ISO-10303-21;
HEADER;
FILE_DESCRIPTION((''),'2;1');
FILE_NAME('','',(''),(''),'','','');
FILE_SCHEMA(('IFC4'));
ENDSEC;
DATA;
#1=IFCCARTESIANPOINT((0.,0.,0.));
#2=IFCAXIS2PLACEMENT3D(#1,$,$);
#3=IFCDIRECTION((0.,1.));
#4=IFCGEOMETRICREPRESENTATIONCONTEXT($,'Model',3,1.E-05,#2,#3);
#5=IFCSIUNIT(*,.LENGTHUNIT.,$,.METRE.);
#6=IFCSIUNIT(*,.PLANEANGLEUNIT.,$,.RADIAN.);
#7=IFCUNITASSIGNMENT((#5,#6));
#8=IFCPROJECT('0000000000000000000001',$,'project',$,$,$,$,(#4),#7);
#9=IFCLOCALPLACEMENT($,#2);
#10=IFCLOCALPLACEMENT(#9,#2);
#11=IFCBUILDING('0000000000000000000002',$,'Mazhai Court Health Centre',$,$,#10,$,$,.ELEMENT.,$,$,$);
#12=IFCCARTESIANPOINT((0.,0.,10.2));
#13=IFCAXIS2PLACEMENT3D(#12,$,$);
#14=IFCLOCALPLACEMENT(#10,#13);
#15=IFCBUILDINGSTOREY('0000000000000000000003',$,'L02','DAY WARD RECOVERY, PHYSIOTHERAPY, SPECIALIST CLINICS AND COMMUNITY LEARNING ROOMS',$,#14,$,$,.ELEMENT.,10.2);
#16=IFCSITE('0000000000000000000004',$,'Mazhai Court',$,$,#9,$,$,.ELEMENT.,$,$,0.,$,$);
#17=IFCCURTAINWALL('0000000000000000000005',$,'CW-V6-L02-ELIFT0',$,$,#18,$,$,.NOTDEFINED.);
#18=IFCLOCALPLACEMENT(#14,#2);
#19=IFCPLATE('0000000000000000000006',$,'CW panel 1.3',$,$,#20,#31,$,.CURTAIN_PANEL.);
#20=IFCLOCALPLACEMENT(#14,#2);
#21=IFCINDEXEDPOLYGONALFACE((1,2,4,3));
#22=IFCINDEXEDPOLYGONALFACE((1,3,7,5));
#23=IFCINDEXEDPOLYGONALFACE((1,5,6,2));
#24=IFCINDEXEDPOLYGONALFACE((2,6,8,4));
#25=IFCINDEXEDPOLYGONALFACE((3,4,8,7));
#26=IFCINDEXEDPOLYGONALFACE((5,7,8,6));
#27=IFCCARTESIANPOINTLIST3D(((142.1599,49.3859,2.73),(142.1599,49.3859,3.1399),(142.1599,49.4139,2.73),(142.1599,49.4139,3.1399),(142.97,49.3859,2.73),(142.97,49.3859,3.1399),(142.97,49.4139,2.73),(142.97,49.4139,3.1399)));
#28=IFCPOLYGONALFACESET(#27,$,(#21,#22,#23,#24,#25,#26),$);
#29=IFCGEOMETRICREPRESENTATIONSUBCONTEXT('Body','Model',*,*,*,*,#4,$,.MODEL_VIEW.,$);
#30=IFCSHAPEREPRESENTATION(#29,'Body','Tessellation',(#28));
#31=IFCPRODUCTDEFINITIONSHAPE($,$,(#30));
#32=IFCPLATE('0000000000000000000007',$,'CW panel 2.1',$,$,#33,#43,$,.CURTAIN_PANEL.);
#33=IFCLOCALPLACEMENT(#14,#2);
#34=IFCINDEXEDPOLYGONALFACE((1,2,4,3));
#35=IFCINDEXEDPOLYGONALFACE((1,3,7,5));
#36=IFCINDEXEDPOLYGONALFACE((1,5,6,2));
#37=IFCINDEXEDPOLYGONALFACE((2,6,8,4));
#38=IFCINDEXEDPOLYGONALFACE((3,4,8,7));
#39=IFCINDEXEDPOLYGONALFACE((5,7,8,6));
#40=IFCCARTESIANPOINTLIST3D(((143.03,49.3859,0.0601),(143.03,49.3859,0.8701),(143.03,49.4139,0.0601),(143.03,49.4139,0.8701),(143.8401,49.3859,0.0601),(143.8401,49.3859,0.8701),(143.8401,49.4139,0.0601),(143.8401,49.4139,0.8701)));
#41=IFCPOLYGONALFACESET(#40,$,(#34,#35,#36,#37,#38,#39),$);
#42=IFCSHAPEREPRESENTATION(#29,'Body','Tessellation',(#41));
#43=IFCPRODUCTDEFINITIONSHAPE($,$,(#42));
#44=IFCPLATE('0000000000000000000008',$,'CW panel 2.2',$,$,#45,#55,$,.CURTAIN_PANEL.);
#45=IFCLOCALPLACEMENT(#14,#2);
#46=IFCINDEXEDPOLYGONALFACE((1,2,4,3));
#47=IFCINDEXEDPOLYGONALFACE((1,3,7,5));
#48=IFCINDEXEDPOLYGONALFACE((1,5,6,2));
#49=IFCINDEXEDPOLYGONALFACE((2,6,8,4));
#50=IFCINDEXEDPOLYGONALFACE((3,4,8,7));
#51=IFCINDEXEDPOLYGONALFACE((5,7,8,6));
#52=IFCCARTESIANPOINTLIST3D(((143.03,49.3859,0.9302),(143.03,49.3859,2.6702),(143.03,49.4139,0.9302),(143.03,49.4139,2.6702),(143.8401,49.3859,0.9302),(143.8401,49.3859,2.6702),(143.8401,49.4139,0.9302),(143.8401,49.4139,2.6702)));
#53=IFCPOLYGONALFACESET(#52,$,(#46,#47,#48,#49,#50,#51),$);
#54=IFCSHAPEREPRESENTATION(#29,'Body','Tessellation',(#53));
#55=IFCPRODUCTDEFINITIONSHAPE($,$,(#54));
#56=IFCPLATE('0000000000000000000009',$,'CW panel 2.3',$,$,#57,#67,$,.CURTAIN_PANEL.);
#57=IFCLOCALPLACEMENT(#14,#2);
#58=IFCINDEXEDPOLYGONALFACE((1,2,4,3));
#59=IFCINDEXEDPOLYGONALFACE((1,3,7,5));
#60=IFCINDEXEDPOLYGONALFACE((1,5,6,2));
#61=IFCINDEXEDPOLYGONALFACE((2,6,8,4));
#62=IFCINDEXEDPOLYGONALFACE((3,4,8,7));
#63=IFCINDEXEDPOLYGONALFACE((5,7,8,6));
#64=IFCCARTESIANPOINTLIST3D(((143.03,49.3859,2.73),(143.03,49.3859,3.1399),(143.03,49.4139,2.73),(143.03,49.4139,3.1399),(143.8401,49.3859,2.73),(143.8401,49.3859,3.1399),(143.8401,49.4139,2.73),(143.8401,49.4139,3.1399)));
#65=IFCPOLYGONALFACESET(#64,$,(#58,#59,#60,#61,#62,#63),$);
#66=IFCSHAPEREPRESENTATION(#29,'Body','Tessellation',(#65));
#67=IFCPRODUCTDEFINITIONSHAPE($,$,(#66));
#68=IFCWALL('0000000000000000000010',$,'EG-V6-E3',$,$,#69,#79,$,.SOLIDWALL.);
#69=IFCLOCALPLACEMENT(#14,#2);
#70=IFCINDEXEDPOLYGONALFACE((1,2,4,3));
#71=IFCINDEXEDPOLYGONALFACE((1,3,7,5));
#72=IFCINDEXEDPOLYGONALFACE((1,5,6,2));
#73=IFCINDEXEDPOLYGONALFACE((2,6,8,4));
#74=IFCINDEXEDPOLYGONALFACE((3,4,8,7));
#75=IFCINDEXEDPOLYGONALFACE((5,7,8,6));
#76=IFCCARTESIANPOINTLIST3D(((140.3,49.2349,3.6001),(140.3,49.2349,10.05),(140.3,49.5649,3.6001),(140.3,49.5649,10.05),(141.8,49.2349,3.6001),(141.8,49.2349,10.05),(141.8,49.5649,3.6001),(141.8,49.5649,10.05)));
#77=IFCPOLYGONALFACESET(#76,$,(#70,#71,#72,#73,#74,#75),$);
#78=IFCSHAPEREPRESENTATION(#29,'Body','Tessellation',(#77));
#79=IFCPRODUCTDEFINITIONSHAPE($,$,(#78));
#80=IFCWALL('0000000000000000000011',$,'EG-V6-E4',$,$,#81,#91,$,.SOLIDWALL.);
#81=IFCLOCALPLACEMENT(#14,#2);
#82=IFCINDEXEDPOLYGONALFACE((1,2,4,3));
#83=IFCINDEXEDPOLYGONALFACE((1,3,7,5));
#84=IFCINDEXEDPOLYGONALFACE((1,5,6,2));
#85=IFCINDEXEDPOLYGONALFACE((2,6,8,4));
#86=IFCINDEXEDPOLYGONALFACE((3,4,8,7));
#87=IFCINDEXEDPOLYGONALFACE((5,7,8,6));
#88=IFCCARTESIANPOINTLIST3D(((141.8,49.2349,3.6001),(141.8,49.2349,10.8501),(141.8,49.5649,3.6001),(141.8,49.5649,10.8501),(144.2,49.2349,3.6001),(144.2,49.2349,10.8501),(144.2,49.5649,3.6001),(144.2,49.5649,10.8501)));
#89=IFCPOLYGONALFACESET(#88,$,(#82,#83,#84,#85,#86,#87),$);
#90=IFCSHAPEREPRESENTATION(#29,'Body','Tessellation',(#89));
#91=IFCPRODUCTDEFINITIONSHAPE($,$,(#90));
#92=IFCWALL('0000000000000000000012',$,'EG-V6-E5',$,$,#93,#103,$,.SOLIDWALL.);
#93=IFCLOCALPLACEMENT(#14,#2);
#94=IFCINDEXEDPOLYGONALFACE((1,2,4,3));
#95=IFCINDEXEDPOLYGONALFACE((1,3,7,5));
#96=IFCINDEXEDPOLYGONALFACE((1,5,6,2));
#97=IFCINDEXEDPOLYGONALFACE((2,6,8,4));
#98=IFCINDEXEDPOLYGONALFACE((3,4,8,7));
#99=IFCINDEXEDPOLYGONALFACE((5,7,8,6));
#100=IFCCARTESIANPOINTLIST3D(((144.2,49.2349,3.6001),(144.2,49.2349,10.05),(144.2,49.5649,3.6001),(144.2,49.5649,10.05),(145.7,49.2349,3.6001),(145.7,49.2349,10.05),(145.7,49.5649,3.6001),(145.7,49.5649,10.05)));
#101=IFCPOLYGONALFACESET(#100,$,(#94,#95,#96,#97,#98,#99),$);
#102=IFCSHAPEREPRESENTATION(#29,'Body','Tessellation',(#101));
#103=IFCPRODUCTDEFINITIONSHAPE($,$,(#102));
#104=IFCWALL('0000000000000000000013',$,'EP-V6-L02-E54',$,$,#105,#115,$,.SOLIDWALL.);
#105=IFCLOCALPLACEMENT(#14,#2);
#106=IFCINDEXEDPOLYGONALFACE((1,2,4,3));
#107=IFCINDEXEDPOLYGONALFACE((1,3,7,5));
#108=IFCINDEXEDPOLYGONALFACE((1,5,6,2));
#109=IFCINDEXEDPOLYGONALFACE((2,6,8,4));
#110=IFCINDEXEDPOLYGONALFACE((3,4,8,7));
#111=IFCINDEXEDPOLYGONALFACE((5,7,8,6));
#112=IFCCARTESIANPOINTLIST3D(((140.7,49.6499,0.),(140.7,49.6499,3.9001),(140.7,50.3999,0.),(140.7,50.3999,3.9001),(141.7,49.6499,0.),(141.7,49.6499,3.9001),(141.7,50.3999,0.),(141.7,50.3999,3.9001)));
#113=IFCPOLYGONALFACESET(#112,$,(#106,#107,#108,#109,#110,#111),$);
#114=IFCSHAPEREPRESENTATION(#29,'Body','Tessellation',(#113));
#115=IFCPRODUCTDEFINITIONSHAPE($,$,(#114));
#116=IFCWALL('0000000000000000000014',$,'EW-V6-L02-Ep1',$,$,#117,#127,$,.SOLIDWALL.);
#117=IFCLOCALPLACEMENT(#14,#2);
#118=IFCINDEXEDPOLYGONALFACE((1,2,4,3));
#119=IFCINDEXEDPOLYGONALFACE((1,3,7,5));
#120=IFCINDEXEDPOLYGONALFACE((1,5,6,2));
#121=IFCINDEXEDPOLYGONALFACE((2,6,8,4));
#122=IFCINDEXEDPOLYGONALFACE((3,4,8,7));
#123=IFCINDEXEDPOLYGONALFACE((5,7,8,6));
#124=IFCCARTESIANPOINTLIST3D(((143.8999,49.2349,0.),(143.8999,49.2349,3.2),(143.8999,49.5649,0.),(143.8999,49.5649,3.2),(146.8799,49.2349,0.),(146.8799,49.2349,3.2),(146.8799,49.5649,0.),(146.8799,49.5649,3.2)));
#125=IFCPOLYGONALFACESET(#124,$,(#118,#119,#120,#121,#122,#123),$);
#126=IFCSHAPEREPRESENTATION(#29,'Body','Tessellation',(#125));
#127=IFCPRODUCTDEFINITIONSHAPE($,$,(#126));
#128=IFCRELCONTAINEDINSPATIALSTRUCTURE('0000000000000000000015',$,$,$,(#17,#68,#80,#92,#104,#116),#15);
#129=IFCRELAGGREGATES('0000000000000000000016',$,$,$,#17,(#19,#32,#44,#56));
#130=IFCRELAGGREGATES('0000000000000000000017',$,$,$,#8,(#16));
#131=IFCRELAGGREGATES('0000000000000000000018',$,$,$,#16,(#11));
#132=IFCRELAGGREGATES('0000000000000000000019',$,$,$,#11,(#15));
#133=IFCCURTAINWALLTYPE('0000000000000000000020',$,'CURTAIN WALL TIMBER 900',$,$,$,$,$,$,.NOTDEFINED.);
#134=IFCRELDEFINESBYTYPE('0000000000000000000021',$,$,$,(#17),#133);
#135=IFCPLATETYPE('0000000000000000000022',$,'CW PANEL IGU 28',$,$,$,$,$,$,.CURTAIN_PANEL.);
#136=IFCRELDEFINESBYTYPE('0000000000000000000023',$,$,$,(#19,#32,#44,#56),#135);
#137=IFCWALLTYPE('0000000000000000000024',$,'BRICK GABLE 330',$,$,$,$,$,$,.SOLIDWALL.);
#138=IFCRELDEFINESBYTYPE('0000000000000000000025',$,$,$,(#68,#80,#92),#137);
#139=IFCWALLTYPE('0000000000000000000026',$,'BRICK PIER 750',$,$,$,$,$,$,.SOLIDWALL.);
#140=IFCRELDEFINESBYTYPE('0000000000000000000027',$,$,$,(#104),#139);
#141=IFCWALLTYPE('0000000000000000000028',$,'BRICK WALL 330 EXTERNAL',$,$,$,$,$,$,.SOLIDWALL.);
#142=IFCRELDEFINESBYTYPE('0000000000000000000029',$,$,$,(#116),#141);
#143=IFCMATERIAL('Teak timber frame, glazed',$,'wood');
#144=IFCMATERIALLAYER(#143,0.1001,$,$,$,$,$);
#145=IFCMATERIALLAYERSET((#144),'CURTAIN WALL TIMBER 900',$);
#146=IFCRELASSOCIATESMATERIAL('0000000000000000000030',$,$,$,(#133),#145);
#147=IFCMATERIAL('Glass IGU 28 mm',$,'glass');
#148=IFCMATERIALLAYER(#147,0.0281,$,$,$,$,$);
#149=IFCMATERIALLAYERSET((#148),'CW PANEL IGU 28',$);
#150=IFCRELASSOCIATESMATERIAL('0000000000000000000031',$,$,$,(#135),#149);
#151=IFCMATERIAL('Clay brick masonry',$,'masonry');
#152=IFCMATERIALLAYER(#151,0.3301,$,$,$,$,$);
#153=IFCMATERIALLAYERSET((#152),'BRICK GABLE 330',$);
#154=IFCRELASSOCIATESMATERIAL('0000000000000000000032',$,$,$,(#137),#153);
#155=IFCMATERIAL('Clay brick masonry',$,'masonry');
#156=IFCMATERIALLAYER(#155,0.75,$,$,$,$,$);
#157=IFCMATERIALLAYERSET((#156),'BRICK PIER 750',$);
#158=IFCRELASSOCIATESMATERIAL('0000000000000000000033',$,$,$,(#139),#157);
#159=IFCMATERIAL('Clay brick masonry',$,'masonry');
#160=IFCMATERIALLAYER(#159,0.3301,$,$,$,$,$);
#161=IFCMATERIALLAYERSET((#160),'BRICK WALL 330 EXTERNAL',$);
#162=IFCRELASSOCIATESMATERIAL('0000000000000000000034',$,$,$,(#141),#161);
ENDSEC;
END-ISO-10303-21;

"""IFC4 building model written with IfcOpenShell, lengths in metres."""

from ifc_helpers import new_model, si_unit, direction, frame, frame_2d, origin, origin_2d, place, context, subcontext, project, spatial, rectangle, extrude, material, layer, layer_set, type_object, element, aggregate, save


model = new_model("IFC4")

# Units and contexts
model_context = context("Model", 3, precision=1e-05, world=origin(), true_north=direction((0.0, 1.0)))
body_context = subcontext(model_context, "Body", "Model", "MODEL_VIEW")
ifc_project = project(units=[si_unit("LENGTHUNIT", "METRE"), si_unit("PLANEANGLEUNIT", "RADIAN")], contexts=[model_context])

# Site, building, storey
site_placement = place(None, origin())
site = spatial("IfcSite", under=ifc_project, at=site_placement, Name="Mazhai Court", CompositionType="ELEMENT", RefElevation=0.0)
building_placement = place(site_placement, origin())
building = spatial("IfcBuilding", under=site, at=building_placement, Name="Mazhai Court Health Centre", CompositionType="ELEMENT")
storey_placement = place(building_placement, frame((0.0, 0.0, 10.2)))
storey = spatial("IfcBuildingStorey", under=building, at=storey_placement, Name="L02", Description="DAY WARD RECOVERY, PHYSIOTHERAPY, SPECIALIST CLINICS AND COMMUNITY LEARNING ROOMS", CompositionType="ELEMENT", Elevation=10.2)

# Curtain wall, plates
ifc_material_1 = material(Name="Teak timber frame, glazed", Category="wood")
ifc_layer_1 = layer(ifc_material_1, 0.1001)
ifc_layer_set_1 = layer_set([ifc_layer_1], Name="CURTAIN WALL TIMBER 900")
curtain_wall_type = type_object("IfcCurtainWallType", Name="CURTAIN WALL TIMBER 900", PredefinedType="NOTDEFINED", material=ifc_layer_set_1)
curtain_wall_placement = place(storey_placement, origin())
curtain_wall = element("IfcCurtainWall", 1, at=curtain_wall_placement, inside=storey, type_object=curtain_wall_type, Name="CW-V6-L02-ELIFT0", PredefinedType="NOTDEFINED")
ifc_material_2 = material(Name="Glass IGU 28 mm", Category="glass")
ifc_layer_2 = layer(ifc_material_2, 0.0281)
ifc_layer_set_2 = layer_set([ifc_layer_2], Name="CW PANEL IGU 28")
plate_type = type_object("IfcPlateType", Name="CW PANEL IGU 28", PredefinedType="CURTAIN_PANEL", material=ifc_layer_set_2)
plate_1_placement = place(storey_placement, frame((142.5649, 49.3999, 2.73), z_axis=(0.0, 0.0, 1.0), x_axis=(1.0, 0.0, 0.0)))
plate_1 = element("IfcPlate", 2, at=plate_1_placement, type_object=plate_type, Name="CW panel 1.3", PredefinedType="CURTAIN_PANEL", context=body_context, shape_type="SweptSolid", body=[
    extrude(rectangle(XDim=0.8101, YDim=0.0281, at=origin_2d()), origin(), (0.0, 0.0, 1.0), 0.4099),
])
plate_2_placement = place(storey_placement, frame((143.4351, 49.3999, 0.0601), z_axis=(0.0, 0.0, 1.0), x_axis=(1.0, 0.0, 0.0)))
plate_2 = element("IfcPlate", 3, at=plate_2_placement, type_object=plate_type, Name="CW panel 2.1", PredefinedType="CURTAIN_PANEL", context=body_context, shape_type="SweptSolid", body=[
    extrude(rectangle(XDim=0.8101, YDim=0.0281, at=origin_2d()), origin(), (0.0, 0.0, 1.0), 0.8101),
])
plate_3_placement = place(storey_placement, frame((143.4351, 49.3999, 0.9302), z_axis=(0.0, 0.0, 1.0), x_axis=(1.0, 0.0, 0.0)))
plate_3 = element("IfcPlate", 4, at=plate_3_placement, type_object=plate_type, Name="CW panel 2.2", PredefinedType="CURTAIN_PANEL", context=body_context, shape_type="SweptSolid", body=[
    extrude(rectangle(XDim=0.8101, YDim=0.0281, at=origin_2d()), origin(), (0.0, 0.0, 1.0), 1.74),
])
plate_4_placement = place(storey_placement, frame((143.4351, 49.3999, 2.73), z_axis=(0.0, 0.0, 1.0), x_axis=(1.0, 0.0, 0.0)))
plate_4 = element("IfcPlate", 5, at=plate_4_placement, type_object=plate_type, Name="CW panel 2.3", PredefinedType="CURTAIN_PANEL", context=body_context, shape_type="SweptSolid", body=[
    extrude(rectangle(XDim=0.8101, YDim=0.0281, at=origin_2d()), origin(), (0.0, 0.0, 1.0), 0.4099),
])
aggregate(curtain_wall, [plate_1, plate_2, plate_3, plate_4])

# Walls
ifc_material_3 = material(Name="Clay brick masonry", Category="masonry")
ifc_layer_3 = layer(ifc_material_3, 0.3301)
ifc_layer_set_3 = layer_set([ifc_layer_3], Name="BRICK GABLE 330")
wall_type_1 = type_object("IfcWallType", Name="BRICK GABLE 330", PredefinedType="SOLIDWALL", material=ifc_layer_set_3)
wall_1_placement = place(storey_placement, frame((140.3, 49.3999, 3.6001), z_axis=(0.0, 0.0, 1.0), x_axis=(1.0, 0.0, 0.0)))
element("IfcWall", 6, at=wall_1_placement, inside=storey, type_object=wall_type_1, Name="EG-V6-E3", PredefinedType="SOLIDWALL", context=body_context, shape_type="SweptSolid", body=[
    extrude(rectangle(XDim=1.5, YDim=0.3301, at=frame_2d((0.75, 0.0))), origin(), (0.0, 0.0, 1.0), 6.45),
])
wall_2_placement = place(storey_placement, frame((141.8, 49.3999, 3.6001), z_axis=(0.0, 0.0, 1.0), x_axis=(1.0, 0.0, 0.0)))
element("IfcWall", 7, at=wall_2_placement, inside=storey, type_object=wall_type_1, Name="EG-V6-E4", PredefinedType="SOLIDWALL", context=body_context, shape_type="SweptSolid", body=[
    extrude(rectangle(XDim=2.3999, YDim=0.3301, at=frame_2d((1.2, 0.0))), origin(), (0.0, 0.0, 1.0), 7.25),
])
wall_3_placement = place(storey_placement, frame((144.2, 49.3999, 3.6001), z_axis=(0.0, 0.0, 1.0), x_axis=(1.0, 0.0, 0.0)))
element("IfcWall", 8, at=wall_3_placement, inside=storey, type_object=wall_type_1, Name="EG-V6-E5", PredefinedType="SOLIDWALL", context=body_context, shape_type="SweptSolid", body=[
    extrude(rectangle(XDim=1.5, YDim=0.3301, at=frame_2d((0.75, 0.0))), origin(), (0.0, 0.0, 1.0), 6.45),
])
ifc_material_4 = material(Name="Clay brick masonry", Category="masonry")
ifc_layer_4 = layer(ifc_material_4, 0.75)
ifc_layer_set_4 = layer_set([ifc_layer_4], Name="BRICK PIER 750")
wall_type_2 = type_object("IfcWallType", Name="BRICK PIER 750", PredefinedType="SOLIDWALL", material=ifc_layer_set_4)
wall_4_placement = place(storey_placement, frame((140.7, 50.0249, 0.0), z_axis=(0.0, 0.0, 1.0), x_axis=(1.0, 0.0, 0.0)))
element("IfcWall", 9, at=wall_4_placement, inside=storey, type_object=wall_type_2, Name="EP-V6-L02-E54", PredefinedType="SOLIDWALL", context=body_context, shape_type="SweptSolid", body=[
    extrude(rectangle(XDim=1.0, YDim=0.75, at=frame_2d((0.5, 0.0))), origin(), (0.0, 0.0, 1.0), 3.9001),
])
ifc_material_5 = material(Name="Clay brick masonry", Category="masonry")
ifc_layer_5 = layer(ifc_material_5, 0.3301)
ifc_layer_set_5 = layer_set([ifc_layer_5], Name="BRICK WALL 330 EXTERNAL")
wall_type_3 = type_object("IfcWallType", Name="BRICK WALL 330 EXTERNAL", PredefinedType="SOLIDWALL", material=ifc_layer_set_5)
wall_5_placement = place(storey_placement, frame((143.8999, 49.3999, 0.0), z_axis=(0.0, 0.0, 1.0), x_axis=(1.0, 0.0, 0.0)))
element("IfcWall", 10, at=wall_5_placement, inside=storey, type_object=wall_type_3, Name="EW-V6-L02-Ep1", PredefinedType="SOLIDWALL", context=body_context, shape_type="SweptSolid", body=[
    extrude(rectangle(XDim=2.98, YDim=0.3301, at=frame_2d((1.49, 0.0))), origin(), (0.0, 0.0, 1.0), 3.2),
])

save(model, "model.ifc")
